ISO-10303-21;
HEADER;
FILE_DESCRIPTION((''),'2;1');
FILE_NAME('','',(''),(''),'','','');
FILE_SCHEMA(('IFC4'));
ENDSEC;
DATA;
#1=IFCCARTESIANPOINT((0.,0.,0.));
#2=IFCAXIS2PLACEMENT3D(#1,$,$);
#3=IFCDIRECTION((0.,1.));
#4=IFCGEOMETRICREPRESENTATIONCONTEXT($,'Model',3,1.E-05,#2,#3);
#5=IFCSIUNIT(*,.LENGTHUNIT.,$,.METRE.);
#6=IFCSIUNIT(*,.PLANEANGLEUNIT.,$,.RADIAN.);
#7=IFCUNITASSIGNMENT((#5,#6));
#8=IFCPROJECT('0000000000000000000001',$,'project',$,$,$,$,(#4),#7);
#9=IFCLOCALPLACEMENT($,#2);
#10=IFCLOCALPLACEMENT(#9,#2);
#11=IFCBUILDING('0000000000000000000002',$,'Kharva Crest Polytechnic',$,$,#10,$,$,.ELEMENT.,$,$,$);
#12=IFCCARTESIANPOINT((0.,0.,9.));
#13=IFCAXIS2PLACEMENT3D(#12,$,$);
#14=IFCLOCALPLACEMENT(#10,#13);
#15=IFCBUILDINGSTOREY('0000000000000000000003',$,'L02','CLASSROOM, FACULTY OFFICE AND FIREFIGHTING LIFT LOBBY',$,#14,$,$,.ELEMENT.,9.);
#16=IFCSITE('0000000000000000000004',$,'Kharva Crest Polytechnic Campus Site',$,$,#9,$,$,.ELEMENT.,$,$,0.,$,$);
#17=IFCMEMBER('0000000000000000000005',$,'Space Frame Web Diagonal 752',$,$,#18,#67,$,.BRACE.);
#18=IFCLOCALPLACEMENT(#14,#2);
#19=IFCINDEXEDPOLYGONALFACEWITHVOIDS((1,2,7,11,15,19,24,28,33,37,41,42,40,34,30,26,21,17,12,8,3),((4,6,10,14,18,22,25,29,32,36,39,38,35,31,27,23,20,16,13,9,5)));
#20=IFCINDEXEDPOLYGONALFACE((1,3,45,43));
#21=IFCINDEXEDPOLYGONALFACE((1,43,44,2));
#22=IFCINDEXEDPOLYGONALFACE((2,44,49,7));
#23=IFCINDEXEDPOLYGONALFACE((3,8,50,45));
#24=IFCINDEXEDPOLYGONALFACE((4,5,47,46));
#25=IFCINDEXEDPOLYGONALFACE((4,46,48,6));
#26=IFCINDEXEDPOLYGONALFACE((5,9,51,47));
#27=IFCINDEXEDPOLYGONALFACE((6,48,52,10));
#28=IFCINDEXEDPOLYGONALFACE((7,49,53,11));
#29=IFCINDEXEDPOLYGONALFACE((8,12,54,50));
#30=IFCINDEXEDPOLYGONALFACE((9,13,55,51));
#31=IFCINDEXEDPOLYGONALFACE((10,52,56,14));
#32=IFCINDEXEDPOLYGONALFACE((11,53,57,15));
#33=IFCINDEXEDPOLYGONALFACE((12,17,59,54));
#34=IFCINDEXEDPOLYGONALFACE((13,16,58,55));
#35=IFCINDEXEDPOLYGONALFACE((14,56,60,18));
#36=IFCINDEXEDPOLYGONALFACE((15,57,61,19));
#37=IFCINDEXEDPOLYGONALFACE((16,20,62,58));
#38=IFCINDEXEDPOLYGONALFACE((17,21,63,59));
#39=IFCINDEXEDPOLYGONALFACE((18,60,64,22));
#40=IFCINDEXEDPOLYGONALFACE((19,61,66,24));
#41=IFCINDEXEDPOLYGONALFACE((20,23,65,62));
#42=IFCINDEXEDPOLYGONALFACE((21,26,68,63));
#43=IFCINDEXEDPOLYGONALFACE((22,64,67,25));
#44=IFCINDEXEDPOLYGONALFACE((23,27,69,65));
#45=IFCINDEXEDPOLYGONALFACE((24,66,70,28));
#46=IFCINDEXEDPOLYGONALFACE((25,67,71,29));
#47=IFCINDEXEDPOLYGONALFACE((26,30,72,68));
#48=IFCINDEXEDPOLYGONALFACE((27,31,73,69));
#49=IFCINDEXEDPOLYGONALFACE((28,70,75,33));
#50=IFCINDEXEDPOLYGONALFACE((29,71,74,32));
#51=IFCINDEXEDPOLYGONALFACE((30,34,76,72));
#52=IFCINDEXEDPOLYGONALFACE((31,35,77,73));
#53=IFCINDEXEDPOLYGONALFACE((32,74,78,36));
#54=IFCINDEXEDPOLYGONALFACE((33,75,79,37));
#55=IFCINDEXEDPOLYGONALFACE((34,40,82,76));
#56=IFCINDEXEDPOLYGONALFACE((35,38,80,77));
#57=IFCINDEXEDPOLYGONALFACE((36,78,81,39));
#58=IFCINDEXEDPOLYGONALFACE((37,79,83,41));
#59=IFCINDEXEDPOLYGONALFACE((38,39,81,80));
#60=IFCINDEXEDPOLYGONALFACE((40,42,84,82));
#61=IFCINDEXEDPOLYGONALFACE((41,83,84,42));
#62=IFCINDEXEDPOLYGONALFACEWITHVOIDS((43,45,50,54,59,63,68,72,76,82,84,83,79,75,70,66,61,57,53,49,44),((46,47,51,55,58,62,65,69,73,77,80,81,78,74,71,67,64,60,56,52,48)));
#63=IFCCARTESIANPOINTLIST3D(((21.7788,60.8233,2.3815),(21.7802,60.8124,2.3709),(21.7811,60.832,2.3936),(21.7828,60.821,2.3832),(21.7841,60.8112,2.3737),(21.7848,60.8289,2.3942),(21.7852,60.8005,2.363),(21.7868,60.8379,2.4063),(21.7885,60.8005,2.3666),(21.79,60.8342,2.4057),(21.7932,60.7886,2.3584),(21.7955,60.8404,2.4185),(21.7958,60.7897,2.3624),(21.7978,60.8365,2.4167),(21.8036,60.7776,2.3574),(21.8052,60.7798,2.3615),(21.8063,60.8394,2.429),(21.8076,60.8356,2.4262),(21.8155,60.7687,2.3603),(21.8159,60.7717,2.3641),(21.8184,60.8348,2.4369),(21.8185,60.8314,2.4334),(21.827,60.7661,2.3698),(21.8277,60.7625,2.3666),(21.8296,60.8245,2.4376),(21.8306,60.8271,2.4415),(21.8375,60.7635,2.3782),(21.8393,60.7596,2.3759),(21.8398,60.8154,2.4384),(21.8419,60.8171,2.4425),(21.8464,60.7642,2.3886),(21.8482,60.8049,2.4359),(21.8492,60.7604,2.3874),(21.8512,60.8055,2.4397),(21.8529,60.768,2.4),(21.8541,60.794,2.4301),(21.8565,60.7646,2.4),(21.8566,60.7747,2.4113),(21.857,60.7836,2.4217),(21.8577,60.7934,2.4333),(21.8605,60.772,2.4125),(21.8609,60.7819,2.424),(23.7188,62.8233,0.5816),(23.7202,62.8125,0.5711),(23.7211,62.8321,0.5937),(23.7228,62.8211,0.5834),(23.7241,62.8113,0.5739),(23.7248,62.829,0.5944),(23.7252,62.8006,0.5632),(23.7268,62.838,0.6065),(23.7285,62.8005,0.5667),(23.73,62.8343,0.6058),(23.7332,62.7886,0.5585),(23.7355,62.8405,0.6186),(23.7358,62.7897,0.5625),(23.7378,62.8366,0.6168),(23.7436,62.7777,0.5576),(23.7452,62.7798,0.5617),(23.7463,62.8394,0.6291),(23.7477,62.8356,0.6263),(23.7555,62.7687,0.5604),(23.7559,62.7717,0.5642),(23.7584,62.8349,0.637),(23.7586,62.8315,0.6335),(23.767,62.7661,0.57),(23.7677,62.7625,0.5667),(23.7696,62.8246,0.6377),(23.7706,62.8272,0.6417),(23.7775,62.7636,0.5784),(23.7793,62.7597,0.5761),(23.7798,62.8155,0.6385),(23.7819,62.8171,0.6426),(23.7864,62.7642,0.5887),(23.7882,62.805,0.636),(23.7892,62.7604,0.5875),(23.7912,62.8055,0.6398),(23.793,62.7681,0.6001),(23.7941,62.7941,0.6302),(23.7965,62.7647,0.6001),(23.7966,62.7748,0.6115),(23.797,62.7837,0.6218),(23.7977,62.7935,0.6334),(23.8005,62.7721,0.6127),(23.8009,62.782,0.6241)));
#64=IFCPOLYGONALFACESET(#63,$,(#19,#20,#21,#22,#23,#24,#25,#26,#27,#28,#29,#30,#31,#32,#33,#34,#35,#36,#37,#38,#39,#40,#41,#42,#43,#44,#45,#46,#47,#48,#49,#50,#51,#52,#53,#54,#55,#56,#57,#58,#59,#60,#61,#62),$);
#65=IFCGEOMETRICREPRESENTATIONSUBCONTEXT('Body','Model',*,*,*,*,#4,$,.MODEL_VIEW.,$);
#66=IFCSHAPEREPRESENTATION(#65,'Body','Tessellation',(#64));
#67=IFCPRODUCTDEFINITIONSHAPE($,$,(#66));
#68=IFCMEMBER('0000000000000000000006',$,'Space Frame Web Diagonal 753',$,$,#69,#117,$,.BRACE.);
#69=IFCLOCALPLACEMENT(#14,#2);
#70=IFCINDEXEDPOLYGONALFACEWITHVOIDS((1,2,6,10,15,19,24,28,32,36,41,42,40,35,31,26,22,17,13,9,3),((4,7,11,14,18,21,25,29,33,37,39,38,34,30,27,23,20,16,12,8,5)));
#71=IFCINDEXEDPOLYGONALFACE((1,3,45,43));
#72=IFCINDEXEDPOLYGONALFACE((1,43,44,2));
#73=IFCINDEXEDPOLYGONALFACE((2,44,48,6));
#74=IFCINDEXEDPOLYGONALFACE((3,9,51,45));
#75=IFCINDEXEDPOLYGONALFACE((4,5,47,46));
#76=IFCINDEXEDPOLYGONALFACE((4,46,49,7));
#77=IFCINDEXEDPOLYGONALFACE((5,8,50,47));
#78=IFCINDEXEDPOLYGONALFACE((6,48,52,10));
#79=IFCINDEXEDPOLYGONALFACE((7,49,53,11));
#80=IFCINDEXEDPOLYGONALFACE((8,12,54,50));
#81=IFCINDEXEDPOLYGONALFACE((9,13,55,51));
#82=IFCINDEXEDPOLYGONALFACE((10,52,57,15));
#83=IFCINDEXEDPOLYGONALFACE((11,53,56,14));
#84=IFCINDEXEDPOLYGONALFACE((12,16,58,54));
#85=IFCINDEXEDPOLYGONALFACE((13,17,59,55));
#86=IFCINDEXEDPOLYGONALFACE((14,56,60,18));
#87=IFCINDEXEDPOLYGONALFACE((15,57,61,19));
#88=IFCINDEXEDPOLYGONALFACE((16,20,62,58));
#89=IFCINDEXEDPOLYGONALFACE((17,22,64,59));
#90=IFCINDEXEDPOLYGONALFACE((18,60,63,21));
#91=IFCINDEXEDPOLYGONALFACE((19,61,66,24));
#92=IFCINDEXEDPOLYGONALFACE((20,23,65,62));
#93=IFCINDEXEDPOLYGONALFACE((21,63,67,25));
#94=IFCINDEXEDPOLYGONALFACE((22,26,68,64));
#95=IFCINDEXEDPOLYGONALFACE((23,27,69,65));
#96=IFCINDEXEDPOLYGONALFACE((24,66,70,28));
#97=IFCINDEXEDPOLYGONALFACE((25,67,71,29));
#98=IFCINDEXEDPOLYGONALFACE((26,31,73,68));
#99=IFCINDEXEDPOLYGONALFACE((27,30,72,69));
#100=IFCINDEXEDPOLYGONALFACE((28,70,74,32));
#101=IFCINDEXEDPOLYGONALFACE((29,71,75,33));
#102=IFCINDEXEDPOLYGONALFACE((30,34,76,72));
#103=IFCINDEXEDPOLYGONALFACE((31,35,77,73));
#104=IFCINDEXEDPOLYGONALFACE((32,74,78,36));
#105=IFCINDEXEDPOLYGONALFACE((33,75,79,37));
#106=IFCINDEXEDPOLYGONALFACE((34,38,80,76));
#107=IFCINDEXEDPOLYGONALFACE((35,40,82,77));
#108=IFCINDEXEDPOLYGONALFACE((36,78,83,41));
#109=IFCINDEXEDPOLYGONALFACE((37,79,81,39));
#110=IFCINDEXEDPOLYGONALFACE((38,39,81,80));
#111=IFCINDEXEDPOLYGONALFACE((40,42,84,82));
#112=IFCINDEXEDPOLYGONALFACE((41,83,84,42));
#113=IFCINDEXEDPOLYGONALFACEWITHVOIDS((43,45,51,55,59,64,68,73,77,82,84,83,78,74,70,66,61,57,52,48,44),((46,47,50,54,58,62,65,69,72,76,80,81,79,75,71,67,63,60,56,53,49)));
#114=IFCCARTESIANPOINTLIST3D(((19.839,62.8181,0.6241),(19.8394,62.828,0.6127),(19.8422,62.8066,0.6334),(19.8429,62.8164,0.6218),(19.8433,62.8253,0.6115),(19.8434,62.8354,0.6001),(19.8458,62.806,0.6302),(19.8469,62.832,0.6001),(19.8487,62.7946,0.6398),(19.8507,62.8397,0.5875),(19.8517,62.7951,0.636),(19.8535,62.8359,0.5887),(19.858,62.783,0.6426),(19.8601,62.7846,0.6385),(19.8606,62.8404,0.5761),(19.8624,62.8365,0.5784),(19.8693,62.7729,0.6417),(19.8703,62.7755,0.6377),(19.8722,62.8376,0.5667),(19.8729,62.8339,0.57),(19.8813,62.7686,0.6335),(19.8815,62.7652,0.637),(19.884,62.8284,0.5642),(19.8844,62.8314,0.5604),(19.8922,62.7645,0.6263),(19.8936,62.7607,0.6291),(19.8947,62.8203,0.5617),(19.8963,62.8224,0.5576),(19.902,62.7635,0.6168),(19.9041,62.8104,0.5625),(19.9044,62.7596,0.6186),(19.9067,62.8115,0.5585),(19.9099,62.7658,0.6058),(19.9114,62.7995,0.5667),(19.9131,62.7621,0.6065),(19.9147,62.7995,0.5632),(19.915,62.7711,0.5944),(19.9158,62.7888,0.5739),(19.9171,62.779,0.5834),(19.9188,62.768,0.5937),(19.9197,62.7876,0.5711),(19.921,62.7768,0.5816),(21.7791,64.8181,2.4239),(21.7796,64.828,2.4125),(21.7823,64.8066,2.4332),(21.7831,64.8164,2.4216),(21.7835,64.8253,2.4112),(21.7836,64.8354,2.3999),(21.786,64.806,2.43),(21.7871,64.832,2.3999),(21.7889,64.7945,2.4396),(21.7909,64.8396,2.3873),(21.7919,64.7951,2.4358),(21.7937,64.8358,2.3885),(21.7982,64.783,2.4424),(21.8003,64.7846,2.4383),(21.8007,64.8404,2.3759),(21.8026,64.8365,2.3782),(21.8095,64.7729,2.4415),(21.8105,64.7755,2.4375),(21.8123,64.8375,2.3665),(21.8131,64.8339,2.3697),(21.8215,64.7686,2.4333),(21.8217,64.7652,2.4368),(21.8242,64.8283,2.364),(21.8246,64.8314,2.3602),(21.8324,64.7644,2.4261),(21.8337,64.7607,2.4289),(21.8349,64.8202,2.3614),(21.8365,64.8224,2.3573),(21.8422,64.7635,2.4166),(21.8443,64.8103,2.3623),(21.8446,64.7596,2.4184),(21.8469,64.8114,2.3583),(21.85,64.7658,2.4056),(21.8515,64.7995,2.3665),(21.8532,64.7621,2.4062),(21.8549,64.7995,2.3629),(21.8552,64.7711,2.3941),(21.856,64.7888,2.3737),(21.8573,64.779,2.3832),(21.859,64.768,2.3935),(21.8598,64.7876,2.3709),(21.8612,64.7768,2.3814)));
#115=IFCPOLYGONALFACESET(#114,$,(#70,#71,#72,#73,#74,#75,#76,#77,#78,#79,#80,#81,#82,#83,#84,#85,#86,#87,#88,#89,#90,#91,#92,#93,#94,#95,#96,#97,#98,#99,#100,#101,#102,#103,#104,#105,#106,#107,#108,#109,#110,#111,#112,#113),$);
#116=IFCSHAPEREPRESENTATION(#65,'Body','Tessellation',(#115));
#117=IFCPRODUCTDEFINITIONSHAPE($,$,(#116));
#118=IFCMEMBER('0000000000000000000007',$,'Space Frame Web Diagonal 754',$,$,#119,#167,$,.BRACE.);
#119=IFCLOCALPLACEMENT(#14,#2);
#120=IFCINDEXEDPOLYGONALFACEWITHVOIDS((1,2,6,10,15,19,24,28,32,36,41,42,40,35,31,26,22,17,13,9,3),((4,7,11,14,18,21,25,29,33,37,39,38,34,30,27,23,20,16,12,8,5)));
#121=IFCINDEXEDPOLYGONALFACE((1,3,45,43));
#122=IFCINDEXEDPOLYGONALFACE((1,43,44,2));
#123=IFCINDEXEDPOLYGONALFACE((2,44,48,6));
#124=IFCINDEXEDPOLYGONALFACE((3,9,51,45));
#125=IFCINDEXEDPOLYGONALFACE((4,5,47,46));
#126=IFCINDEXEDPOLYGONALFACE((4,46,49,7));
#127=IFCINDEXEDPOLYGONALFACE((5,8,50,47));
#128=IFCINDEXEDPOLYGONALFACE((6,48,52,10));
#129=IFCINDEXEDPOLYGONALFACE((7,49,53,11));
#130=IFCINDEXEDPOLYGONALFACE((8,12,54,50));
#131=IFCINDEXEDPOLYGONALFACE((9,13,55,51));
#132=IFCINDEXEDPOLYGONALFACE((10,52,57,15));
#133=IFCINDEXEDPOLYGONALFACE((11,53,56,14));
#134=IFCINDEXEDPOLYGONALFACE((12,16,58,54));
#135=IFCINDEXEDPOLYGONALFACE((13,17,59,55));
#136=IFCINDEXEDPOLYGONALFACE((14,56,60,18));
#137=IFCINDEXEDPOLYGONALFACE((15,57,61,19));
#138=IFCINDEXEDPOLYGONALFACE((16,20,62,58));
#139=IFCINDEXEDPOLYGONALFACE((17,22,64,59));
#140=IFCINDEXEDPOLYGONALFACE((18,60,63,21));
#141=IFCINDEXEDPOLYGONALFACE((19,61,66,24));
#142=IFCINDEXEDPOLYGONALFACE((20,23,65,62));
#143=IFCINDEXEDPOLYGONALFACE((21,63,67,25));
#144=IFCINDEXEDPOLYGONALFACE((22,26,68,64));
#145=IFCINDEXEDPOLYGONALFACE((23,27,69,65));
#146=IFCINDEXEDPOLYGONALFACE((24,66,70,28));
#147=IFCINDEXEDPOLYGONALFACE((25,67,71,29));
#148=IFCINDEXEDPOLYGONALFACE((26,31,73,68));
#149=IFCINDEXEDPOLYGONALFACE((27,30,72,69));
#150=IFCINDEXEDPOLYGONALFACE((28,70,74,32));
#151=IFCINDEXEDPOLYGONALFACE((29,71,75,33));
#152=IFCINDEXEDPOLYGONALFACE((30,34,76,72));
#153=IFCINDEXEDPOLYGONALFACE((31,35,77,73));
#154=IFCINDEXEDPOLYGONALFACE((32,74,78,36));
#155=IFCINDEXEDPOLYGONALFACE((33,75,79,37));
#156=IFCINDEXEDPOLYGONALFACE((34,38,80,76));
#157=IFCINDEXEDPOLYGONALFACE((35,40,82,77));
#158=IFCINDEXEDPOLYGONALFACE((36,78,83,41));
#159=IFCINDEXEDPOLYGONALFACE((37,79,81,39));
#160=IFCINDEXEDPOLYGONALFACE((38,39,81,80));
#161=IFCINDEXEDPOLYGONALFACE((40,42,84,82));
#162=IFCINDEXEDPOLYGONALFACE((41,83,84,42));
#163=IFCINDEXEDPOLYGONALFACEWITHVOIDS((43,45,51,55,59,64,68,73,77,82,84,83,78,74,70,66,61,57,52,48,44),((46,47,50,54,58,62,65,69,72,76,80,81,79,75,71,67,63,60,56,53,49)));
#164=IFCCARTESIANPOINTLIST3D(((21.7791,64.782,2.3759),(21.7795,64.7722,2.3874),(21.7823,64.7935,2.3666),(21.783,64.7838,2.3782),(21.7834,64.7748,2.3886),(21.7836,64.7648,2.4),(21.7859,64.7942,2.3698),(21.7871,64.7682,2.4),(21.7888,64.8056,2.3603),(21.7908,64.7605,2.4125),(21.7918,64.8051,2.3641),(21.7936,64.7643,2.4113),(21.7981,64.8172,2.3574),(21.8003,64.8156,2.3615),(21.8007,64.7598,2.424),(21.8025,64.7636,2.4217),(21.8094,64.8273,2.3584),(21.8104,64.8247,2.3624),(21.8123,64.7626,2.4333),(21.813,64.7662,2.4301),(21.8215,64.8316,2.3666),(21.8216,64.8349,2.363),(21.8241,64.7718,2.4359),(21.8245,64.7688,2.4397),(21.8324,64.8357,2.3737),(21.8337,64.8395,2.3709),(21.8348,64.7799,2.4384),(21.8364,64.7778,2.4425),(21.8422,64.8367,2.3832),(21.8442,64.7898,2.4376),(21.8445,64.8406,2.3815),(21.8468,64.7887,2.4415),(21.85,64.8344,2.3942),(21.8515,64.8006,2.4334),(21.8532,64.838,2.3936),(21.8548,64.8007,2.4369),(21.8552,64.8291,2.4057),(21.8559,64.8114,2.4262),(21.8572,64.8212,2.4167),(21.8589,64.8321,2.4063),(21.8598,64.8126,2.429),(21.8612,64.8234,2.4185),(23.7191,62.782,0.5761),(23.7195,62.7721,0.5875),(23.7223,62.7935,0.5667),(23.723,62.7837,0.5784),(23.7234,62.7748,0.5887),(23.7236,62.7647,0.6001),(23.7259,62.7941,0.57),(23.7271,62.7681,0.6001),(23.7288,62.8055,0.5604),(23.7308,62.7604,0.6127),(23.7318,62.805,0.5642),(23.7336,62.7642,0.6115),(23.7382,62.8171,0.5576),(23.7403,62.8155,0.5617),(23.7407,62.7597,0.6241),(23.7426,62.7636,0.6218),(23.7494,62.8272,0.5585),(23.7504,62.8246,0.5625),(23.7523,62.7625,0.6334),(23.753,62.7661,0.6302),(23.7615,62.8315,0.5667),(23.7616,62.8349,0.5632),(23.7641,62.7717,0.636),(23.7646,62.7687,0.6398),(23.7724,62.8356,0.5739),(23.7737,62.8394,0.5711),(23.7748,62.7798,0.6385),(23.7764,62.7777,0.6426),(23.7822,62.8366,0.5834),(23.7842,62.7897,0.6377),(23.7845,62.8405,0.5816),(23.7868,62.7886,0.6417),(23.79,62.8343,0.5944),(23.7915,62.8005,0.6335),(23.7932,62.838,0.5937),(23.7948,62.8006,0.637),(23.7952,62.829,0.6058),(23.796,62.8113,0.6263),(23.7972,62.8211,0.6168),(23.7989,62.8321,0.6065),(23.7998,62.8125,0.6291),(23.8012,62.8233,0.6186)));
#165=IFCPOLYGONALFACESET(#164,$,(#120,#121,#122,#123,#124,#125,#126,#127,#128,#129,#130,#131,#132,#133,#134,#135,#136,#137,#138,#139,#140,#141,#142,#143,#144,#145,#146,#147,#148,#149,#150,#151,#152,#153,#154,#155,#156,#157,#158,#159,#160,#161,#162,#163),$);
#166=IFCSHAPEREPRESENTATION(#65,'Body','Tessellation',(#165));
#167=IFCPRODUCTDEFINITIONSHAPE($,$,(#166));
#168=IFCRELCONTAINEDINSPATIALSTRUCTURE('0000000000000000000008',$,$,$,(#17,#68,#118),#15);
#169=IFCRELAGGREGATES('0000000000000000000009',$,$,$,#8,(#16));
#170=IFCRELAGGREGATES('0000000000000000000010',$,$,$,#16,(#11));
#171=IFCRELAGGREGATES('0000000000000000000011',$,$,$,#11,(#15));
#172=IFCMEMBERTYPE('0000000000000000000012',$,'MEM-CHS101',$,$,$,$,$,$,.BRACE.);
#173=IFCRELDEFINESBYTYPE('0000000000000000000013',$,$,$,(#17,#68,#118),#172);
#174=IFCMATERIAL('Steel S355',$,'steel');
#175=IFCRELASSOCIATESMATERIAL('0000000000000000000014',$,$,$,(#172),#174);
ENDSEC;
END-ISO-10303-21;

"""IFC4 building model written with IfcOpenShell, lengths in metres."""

from ifc_helpers import new_model, si_unit, direction, frame, origin, origin_2d, place, context, subcontext, project, spatial, hollow_circle, extrude, material, material_profile, profile_set, type_object, element, save


model = new_model("IFC4")

# Units and contexts
model_context = context("Model", 3, precision=1e-05, world=origin(), true_north=direction((0.0, 1.0)))
body_context = subcontext(model_context, "Body", "Model", "MODEL_VIEW")
ifc_project = project(units=[si_unit("LENGTHUNIT", "METRE"), si_unit("PLANEANGLEUNIT", "RADIAN")], contexts=[model_context])

# Site, building, storey
site_placement = place(None, origin())
site = spatial("IfcSite", under=ifc_project, at=site_placement, Name="Kharva Crest Polytechnic Campus Site", CompositionType="ELEMENT", RefElevation=0.0)
building_placement = place(site_placement, origin())
building = spatial("IfcBuilding", under=site, at=building_placement, Name="Kharva Crest Polytechnic", CompositionType="ELEMENT")
storey_placement = place(building_placement, frame((0.0, 0.0, 9.0)))
storey = spatial("IfcBuildingStorey", under=building, at=storey_placement, Name="L02", Description="CLASSROOM, FACULTY OFFICE AND FIREFIGHTING LIFT LOBBY", CompositionType="ELEMENT", Elevation=9.0)

# Shared definitions
ifc_material_1 = material(Name="Steel S355", Category="steel")

# Members
ifc_material_profile_1 = material_profile(ifc_material_1, hollow_circle(Radius=0.0508, WallThickness=0.0049, at=origin_2d()), Name="CHS 101.6X5.0")
ifc_profile_set_1 = profile_set([ifc_material_profile_1], Name="Steel S355")
member_type_1 = type_object("IfcMemberType", Name="MEM-CHS101", PredefinedType="BRACE", material=ifc_profile_set_1)
for number, where, z_axis, x_axis, name in (
    (1, (23.76, 62.8, 0.6001), (-0.584843, -0.60295, 0.542596), (0.717802, -0.696247, 0.0), "Space Frame Web Diagonal 752"),
    (2, (19.8799, 62.8, 0.6001), (0.584892, 0.602924, 0.542572), (-0.717758, 0.696292, 0.0), "Space Frame Web Diagonal 753"),
    (3, (23.76, 62.8, 0.6001), (-0.584843, 0.60295, 0.542596), (-0.717802, -0.696247, 0.0), "Space Frame Web Diagonal 754"),
):
    element("IfcMember", number, at=place(storey_placement, frame(where, z_axis=z_axis, x_axis=x_axis)), inside=storey, type_object=member_type_1, Name=name, PredefinedType="BRACE", context=body_context, shape_type="SweptSolid", body=[
        extrude(hollow_circle(Radius=0.0508, WallThickness=0.0049, at=origin_2d()), origin(), (0.0, 0.0, 1.0), 3.3171),
    ])

save(model, "model.ifc")
